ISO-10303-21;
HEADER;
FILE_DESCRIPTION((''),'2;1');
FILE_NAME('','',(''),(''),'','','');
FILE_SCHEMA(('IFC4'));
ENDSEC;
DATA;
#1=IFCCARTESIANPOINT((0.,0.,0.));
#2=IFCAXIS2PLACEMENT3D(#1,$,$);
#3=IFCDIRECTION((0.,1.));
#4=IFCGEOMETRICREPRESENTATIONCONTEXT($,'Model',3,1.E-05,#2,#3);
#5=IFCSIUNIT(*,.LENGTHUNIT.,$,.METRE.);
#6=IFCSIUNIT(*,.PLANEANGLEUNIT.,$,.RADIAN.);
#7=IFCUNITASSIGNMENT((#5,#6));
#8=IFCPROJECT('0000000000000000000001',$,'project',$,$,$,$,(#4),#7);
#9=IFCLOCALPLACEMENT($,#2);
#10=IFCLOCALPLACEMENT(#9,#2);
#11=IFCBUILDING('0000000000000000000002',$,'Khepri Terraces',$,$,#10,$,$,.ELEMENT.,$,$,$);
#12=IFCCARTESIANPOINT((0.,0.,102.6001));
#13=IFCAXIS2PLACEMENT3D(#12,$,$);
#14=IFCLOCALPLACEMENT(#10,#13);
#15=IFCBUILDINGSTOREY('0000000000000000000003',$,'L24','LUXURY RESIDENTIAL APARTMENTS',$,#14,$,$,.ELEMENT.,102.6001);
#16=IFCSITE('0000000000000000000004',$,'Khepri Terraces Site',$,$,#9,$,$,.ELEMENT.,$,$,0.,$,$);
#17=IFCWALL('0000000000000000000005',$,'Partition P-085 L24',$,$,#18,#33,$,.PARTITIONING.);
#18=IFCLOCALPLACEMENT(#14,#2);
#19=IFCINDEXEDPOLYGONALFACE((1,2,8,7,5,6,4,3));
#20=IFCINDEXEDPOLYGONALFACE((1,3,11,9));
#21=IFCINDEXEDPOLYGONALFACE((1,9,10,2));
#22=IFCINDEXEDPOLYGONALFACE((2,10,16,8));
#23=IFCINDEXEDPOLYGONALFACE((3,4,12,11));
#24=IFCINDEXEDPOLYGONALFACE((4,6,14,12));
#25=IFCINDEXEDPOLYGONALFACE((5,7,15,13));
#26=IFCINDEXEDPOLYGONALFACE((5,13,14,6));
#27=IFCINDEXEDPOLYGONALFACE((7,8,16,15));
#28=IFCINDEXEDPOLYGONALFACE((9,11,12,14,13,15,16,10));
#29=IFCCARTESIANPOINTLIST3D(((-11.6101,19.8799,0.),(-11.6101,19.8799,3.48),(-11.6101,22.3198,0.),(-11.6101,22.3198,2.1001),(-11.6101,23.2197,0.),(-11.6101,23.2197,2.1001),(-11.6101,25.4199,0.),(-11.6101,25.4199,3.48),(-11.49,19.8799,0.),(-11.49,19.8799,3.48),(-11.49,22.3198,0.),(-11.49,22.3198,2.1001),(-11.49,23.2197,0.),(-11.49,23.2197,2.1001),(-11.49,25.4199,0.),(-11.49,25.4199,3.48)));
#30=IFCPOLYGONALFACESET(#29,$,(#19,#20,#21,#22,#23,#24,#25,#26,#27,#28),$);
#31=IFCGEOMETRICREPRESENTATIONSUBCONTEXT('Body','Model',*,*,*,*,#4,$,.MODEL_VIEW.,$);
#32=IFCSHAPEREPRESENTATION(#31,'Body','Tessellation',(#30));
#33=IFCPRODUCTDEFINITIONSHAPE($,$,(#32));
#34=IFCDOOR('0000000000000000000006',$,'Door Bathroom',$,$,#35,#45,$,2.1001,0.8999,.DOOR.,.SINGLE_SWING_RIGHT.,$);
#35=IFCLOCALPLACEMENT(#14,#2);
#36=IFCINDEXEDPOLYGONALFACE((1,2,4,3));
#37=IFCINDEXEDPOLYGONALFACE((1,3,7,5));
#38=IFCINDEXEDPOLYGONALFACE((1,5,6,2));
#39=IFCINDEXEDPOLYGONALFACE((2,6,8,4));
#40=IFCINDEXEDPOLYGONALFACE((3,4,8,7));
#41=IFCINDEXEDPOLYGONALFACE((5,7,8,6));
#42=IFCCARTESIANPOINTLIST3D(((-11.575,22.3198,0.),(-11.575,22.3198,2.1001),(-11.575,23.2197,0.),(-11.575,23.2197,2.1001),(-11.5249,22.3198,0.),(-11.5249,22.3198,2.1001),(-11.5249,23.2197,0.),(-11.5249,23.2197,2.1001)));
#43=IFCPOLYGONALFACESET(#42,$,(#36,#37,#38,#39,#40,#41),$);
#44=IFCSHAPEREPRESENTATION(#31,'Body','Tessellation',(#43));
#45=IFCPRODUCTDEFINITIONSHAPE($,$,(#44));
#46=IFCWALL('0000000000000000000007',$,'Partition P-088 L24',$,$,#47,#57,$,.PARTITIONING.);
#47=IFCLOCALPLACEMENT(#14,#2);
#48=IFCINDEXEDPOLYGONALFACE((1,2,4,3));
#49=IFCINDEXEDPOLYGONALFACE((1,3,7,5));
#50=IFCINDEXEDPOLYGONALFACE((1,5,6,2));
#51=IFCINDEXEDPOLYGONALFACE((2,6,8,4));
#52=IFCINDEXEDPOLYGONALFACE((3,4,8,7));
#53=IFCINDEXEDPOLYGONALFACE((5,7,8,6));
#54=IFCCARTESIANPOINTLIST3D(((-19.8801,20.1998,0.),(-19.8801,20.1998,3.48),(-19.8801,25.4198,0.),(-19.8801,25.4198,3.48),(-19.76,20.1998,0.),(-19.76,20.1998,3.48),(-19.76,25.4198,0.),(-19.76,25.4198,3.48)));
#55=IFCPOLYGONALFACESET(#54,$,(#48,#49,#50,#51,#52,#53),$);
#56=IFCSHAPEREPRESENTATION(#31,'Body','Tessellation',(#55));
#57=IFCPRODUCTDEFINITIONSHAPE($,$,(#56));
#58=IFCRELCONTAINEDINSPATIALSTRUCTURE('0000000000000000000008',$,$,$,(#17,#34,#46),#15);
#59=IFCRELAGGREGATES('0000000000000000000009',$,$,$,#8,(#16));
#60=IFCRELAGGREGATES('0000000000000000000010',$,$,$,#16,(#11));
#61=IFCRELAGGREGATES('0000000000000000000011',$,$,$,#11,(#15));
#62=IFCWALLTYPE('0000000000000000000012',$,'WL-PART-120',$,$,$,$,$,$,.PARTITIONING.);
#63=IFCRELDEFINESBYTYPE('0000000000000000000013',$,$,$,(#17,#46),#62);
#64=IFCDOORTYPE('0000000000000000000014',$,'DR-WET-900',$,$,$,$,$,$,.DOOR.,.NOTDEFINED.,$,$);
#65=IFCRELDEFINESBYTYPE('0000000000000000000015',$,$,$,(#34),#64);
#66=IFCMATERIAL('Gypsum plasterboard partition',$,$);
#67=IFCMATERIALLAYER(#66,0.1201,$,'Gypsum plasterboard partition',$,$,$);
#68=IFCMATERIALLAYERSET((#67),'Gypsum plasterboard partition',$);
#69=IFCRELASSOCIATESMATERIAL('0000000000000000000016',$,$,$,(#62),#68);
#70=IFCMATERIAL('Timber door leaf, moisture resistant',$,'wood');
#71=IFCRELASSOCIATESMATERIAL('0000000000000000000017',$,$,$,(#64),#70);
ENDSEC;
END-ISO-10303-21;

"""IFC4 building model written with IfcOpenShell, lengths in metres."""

from ifc_helpers import new_model, si_unit, direction, frame, frame_2d, origin, place, context, subcontext, project, spatial, rectangle, extrude, material, layer, layer_set, type_object, element, fill, save


model = new_model("IFC4")

# Units and contexts
model_context = context("Model", 3, precision=1e-05, world=origin(), true_north=direction((0.0, 1.0)))
body_context = subcontext(model_context, "Body", "Model", "MODEL_VIEW")
ifc_project = project(units=[si_unit("LENGTHUNIT", "METRE"), si_unit("PLANEANGLEUNIT", "RADIAN")], contexts=[model_context])

# Site, building, storey
site_placement = place(None, origin())
site = spatial("IfcSite", under=ifc_project, at=site_placement, Name="Khepri Terraces Site", CompositionType="ELEMENT", RefElevation=0.0)
building_placement = place(site_placement, origin())
building = spatial("IfcBuilding", under=site, at=building_placement, Name="Khepri Terraces", CompositionType="ELEMENT")
storey_placement = place(building_placement, frame((0.0, 0.0, 102.6001)))
storey = spatial("IfcBuildingStorey", under=building, at=storey_placement, Name="L24", Description="LUXURY RESIDENTIAL APARTMENTS", CompositionType="ELEMENT", Elevation=102.6001)

# Shared definitions
ifc_material_1 = material(Name="Gypsum plasterboard partition")
ifc_layer_1 = layer(ifc_material_1, 0.1201, Name="Gypsum plasterboard partition")
ifc_layer_set_1 = layer_set([ifc_layer_1], Name="Gypsum plasterboard partition")
wall_type_1 = type_object("IfcWallType", Name="WL-PART-120", PredefinedType="PARTITIONING", material=ifc_layer_set_1)
ifc_material_2 = material(Name="Timber door leaf, moisture resistant", Category="wood")
door_type_1 = type_object("IfcDoorType", Name="DR-WET-900", OperationType="NOTDEFINED", PredefinedType="DOOR", material=ifc_material_2)

# Wall, opening, door
wall_1_placement = place(storey_placement, frame((-11.55, 19.8799, 0.0), z_axis=(0.0, 0.0, 1.0), x_axis=(0.0, 1.0, 0.0)))
wall_1 = element("IfcWall", 1, at=wall_1_placement, inside=storey, type_object=wall_type_1, Name="Partition P-085 L24", PredefinedType="PARTITIONING", context=body_context, shape_type="SweptSolid", body=[
    extrude(rectangle(XDim=5.54, YDim=0.1201, at=frame_2d((2.77, 0.0))), origin(), (0.0, 0.0, 1.0), 3.48),
])
opening_1_placement = place(wall_1_placement, frame((2.4399, 0.0, 0.0)))
opening_1 = element("IfcOpeningElement", 2, at=opening_1_placement, cuts=wall_1, PredefinedType="OPENING", context=body_context, shape_type="SweptSolid", body=[
    extrude(rectangle(XDim=0.8999, YDim=2.1001, at=frame_2d((0.45, 1.05))), frame((0.0, 0.0701, 0.0), z_axis=(0.0, -1.0, 0.0), x_axis=(1.0, 0.0, 0.0)), (0.0, 0.0, 1.0), 0.1401),
])
door_1_placement = place(opening_1_placement, origin())
door_1 = element("IfcDoor", 3, at=door_1_placement, inside=storey, type_object=door_type_1, Name="Door Bathroom", OperationType="SINGLE_SWING_RIGHT", OverallHeight=2.1001, OverallWidth=0.8999, PredefinedType="DOOR", context=body_context, shape_type="SweptSolid", body=[
    extrude(rectangle(XDim=0.8999, YDim=2.1001, at=frame_2d((0.45, 1.05))), frame((0.0, 0.0249, 0.0), z_axis=(0.0, -1.0, 0.0), x_axis=(1.0, 0.0, 0.0)), (0.0, 0.0, 1.0), 0.05),
])
fill(opening_1, door_1)

# Wall
wall_2_placement = place(storey_placement, frame((-19.8201, 20.2, 0.0), z_axis=(0.0, 0.0, 1.0), x_axis=(0.0, 1.0, 0.0)))
element("IfcWall", 4, at=wall_2_placement, inside=storey, type_object=wall_type_1, Name="Partition P-088 L24", PredefinedType="PARTITIONING", context=body_context, shape_type="SweptSolid", body=[
    extrude(rectangle(XDim=5.22, YDim=0.1201, at=frame_2d((2.6099, 0.0))), origin(), (0.0, 0.0, 1.0), 3.48),
])

save(model, "model.ifc")
